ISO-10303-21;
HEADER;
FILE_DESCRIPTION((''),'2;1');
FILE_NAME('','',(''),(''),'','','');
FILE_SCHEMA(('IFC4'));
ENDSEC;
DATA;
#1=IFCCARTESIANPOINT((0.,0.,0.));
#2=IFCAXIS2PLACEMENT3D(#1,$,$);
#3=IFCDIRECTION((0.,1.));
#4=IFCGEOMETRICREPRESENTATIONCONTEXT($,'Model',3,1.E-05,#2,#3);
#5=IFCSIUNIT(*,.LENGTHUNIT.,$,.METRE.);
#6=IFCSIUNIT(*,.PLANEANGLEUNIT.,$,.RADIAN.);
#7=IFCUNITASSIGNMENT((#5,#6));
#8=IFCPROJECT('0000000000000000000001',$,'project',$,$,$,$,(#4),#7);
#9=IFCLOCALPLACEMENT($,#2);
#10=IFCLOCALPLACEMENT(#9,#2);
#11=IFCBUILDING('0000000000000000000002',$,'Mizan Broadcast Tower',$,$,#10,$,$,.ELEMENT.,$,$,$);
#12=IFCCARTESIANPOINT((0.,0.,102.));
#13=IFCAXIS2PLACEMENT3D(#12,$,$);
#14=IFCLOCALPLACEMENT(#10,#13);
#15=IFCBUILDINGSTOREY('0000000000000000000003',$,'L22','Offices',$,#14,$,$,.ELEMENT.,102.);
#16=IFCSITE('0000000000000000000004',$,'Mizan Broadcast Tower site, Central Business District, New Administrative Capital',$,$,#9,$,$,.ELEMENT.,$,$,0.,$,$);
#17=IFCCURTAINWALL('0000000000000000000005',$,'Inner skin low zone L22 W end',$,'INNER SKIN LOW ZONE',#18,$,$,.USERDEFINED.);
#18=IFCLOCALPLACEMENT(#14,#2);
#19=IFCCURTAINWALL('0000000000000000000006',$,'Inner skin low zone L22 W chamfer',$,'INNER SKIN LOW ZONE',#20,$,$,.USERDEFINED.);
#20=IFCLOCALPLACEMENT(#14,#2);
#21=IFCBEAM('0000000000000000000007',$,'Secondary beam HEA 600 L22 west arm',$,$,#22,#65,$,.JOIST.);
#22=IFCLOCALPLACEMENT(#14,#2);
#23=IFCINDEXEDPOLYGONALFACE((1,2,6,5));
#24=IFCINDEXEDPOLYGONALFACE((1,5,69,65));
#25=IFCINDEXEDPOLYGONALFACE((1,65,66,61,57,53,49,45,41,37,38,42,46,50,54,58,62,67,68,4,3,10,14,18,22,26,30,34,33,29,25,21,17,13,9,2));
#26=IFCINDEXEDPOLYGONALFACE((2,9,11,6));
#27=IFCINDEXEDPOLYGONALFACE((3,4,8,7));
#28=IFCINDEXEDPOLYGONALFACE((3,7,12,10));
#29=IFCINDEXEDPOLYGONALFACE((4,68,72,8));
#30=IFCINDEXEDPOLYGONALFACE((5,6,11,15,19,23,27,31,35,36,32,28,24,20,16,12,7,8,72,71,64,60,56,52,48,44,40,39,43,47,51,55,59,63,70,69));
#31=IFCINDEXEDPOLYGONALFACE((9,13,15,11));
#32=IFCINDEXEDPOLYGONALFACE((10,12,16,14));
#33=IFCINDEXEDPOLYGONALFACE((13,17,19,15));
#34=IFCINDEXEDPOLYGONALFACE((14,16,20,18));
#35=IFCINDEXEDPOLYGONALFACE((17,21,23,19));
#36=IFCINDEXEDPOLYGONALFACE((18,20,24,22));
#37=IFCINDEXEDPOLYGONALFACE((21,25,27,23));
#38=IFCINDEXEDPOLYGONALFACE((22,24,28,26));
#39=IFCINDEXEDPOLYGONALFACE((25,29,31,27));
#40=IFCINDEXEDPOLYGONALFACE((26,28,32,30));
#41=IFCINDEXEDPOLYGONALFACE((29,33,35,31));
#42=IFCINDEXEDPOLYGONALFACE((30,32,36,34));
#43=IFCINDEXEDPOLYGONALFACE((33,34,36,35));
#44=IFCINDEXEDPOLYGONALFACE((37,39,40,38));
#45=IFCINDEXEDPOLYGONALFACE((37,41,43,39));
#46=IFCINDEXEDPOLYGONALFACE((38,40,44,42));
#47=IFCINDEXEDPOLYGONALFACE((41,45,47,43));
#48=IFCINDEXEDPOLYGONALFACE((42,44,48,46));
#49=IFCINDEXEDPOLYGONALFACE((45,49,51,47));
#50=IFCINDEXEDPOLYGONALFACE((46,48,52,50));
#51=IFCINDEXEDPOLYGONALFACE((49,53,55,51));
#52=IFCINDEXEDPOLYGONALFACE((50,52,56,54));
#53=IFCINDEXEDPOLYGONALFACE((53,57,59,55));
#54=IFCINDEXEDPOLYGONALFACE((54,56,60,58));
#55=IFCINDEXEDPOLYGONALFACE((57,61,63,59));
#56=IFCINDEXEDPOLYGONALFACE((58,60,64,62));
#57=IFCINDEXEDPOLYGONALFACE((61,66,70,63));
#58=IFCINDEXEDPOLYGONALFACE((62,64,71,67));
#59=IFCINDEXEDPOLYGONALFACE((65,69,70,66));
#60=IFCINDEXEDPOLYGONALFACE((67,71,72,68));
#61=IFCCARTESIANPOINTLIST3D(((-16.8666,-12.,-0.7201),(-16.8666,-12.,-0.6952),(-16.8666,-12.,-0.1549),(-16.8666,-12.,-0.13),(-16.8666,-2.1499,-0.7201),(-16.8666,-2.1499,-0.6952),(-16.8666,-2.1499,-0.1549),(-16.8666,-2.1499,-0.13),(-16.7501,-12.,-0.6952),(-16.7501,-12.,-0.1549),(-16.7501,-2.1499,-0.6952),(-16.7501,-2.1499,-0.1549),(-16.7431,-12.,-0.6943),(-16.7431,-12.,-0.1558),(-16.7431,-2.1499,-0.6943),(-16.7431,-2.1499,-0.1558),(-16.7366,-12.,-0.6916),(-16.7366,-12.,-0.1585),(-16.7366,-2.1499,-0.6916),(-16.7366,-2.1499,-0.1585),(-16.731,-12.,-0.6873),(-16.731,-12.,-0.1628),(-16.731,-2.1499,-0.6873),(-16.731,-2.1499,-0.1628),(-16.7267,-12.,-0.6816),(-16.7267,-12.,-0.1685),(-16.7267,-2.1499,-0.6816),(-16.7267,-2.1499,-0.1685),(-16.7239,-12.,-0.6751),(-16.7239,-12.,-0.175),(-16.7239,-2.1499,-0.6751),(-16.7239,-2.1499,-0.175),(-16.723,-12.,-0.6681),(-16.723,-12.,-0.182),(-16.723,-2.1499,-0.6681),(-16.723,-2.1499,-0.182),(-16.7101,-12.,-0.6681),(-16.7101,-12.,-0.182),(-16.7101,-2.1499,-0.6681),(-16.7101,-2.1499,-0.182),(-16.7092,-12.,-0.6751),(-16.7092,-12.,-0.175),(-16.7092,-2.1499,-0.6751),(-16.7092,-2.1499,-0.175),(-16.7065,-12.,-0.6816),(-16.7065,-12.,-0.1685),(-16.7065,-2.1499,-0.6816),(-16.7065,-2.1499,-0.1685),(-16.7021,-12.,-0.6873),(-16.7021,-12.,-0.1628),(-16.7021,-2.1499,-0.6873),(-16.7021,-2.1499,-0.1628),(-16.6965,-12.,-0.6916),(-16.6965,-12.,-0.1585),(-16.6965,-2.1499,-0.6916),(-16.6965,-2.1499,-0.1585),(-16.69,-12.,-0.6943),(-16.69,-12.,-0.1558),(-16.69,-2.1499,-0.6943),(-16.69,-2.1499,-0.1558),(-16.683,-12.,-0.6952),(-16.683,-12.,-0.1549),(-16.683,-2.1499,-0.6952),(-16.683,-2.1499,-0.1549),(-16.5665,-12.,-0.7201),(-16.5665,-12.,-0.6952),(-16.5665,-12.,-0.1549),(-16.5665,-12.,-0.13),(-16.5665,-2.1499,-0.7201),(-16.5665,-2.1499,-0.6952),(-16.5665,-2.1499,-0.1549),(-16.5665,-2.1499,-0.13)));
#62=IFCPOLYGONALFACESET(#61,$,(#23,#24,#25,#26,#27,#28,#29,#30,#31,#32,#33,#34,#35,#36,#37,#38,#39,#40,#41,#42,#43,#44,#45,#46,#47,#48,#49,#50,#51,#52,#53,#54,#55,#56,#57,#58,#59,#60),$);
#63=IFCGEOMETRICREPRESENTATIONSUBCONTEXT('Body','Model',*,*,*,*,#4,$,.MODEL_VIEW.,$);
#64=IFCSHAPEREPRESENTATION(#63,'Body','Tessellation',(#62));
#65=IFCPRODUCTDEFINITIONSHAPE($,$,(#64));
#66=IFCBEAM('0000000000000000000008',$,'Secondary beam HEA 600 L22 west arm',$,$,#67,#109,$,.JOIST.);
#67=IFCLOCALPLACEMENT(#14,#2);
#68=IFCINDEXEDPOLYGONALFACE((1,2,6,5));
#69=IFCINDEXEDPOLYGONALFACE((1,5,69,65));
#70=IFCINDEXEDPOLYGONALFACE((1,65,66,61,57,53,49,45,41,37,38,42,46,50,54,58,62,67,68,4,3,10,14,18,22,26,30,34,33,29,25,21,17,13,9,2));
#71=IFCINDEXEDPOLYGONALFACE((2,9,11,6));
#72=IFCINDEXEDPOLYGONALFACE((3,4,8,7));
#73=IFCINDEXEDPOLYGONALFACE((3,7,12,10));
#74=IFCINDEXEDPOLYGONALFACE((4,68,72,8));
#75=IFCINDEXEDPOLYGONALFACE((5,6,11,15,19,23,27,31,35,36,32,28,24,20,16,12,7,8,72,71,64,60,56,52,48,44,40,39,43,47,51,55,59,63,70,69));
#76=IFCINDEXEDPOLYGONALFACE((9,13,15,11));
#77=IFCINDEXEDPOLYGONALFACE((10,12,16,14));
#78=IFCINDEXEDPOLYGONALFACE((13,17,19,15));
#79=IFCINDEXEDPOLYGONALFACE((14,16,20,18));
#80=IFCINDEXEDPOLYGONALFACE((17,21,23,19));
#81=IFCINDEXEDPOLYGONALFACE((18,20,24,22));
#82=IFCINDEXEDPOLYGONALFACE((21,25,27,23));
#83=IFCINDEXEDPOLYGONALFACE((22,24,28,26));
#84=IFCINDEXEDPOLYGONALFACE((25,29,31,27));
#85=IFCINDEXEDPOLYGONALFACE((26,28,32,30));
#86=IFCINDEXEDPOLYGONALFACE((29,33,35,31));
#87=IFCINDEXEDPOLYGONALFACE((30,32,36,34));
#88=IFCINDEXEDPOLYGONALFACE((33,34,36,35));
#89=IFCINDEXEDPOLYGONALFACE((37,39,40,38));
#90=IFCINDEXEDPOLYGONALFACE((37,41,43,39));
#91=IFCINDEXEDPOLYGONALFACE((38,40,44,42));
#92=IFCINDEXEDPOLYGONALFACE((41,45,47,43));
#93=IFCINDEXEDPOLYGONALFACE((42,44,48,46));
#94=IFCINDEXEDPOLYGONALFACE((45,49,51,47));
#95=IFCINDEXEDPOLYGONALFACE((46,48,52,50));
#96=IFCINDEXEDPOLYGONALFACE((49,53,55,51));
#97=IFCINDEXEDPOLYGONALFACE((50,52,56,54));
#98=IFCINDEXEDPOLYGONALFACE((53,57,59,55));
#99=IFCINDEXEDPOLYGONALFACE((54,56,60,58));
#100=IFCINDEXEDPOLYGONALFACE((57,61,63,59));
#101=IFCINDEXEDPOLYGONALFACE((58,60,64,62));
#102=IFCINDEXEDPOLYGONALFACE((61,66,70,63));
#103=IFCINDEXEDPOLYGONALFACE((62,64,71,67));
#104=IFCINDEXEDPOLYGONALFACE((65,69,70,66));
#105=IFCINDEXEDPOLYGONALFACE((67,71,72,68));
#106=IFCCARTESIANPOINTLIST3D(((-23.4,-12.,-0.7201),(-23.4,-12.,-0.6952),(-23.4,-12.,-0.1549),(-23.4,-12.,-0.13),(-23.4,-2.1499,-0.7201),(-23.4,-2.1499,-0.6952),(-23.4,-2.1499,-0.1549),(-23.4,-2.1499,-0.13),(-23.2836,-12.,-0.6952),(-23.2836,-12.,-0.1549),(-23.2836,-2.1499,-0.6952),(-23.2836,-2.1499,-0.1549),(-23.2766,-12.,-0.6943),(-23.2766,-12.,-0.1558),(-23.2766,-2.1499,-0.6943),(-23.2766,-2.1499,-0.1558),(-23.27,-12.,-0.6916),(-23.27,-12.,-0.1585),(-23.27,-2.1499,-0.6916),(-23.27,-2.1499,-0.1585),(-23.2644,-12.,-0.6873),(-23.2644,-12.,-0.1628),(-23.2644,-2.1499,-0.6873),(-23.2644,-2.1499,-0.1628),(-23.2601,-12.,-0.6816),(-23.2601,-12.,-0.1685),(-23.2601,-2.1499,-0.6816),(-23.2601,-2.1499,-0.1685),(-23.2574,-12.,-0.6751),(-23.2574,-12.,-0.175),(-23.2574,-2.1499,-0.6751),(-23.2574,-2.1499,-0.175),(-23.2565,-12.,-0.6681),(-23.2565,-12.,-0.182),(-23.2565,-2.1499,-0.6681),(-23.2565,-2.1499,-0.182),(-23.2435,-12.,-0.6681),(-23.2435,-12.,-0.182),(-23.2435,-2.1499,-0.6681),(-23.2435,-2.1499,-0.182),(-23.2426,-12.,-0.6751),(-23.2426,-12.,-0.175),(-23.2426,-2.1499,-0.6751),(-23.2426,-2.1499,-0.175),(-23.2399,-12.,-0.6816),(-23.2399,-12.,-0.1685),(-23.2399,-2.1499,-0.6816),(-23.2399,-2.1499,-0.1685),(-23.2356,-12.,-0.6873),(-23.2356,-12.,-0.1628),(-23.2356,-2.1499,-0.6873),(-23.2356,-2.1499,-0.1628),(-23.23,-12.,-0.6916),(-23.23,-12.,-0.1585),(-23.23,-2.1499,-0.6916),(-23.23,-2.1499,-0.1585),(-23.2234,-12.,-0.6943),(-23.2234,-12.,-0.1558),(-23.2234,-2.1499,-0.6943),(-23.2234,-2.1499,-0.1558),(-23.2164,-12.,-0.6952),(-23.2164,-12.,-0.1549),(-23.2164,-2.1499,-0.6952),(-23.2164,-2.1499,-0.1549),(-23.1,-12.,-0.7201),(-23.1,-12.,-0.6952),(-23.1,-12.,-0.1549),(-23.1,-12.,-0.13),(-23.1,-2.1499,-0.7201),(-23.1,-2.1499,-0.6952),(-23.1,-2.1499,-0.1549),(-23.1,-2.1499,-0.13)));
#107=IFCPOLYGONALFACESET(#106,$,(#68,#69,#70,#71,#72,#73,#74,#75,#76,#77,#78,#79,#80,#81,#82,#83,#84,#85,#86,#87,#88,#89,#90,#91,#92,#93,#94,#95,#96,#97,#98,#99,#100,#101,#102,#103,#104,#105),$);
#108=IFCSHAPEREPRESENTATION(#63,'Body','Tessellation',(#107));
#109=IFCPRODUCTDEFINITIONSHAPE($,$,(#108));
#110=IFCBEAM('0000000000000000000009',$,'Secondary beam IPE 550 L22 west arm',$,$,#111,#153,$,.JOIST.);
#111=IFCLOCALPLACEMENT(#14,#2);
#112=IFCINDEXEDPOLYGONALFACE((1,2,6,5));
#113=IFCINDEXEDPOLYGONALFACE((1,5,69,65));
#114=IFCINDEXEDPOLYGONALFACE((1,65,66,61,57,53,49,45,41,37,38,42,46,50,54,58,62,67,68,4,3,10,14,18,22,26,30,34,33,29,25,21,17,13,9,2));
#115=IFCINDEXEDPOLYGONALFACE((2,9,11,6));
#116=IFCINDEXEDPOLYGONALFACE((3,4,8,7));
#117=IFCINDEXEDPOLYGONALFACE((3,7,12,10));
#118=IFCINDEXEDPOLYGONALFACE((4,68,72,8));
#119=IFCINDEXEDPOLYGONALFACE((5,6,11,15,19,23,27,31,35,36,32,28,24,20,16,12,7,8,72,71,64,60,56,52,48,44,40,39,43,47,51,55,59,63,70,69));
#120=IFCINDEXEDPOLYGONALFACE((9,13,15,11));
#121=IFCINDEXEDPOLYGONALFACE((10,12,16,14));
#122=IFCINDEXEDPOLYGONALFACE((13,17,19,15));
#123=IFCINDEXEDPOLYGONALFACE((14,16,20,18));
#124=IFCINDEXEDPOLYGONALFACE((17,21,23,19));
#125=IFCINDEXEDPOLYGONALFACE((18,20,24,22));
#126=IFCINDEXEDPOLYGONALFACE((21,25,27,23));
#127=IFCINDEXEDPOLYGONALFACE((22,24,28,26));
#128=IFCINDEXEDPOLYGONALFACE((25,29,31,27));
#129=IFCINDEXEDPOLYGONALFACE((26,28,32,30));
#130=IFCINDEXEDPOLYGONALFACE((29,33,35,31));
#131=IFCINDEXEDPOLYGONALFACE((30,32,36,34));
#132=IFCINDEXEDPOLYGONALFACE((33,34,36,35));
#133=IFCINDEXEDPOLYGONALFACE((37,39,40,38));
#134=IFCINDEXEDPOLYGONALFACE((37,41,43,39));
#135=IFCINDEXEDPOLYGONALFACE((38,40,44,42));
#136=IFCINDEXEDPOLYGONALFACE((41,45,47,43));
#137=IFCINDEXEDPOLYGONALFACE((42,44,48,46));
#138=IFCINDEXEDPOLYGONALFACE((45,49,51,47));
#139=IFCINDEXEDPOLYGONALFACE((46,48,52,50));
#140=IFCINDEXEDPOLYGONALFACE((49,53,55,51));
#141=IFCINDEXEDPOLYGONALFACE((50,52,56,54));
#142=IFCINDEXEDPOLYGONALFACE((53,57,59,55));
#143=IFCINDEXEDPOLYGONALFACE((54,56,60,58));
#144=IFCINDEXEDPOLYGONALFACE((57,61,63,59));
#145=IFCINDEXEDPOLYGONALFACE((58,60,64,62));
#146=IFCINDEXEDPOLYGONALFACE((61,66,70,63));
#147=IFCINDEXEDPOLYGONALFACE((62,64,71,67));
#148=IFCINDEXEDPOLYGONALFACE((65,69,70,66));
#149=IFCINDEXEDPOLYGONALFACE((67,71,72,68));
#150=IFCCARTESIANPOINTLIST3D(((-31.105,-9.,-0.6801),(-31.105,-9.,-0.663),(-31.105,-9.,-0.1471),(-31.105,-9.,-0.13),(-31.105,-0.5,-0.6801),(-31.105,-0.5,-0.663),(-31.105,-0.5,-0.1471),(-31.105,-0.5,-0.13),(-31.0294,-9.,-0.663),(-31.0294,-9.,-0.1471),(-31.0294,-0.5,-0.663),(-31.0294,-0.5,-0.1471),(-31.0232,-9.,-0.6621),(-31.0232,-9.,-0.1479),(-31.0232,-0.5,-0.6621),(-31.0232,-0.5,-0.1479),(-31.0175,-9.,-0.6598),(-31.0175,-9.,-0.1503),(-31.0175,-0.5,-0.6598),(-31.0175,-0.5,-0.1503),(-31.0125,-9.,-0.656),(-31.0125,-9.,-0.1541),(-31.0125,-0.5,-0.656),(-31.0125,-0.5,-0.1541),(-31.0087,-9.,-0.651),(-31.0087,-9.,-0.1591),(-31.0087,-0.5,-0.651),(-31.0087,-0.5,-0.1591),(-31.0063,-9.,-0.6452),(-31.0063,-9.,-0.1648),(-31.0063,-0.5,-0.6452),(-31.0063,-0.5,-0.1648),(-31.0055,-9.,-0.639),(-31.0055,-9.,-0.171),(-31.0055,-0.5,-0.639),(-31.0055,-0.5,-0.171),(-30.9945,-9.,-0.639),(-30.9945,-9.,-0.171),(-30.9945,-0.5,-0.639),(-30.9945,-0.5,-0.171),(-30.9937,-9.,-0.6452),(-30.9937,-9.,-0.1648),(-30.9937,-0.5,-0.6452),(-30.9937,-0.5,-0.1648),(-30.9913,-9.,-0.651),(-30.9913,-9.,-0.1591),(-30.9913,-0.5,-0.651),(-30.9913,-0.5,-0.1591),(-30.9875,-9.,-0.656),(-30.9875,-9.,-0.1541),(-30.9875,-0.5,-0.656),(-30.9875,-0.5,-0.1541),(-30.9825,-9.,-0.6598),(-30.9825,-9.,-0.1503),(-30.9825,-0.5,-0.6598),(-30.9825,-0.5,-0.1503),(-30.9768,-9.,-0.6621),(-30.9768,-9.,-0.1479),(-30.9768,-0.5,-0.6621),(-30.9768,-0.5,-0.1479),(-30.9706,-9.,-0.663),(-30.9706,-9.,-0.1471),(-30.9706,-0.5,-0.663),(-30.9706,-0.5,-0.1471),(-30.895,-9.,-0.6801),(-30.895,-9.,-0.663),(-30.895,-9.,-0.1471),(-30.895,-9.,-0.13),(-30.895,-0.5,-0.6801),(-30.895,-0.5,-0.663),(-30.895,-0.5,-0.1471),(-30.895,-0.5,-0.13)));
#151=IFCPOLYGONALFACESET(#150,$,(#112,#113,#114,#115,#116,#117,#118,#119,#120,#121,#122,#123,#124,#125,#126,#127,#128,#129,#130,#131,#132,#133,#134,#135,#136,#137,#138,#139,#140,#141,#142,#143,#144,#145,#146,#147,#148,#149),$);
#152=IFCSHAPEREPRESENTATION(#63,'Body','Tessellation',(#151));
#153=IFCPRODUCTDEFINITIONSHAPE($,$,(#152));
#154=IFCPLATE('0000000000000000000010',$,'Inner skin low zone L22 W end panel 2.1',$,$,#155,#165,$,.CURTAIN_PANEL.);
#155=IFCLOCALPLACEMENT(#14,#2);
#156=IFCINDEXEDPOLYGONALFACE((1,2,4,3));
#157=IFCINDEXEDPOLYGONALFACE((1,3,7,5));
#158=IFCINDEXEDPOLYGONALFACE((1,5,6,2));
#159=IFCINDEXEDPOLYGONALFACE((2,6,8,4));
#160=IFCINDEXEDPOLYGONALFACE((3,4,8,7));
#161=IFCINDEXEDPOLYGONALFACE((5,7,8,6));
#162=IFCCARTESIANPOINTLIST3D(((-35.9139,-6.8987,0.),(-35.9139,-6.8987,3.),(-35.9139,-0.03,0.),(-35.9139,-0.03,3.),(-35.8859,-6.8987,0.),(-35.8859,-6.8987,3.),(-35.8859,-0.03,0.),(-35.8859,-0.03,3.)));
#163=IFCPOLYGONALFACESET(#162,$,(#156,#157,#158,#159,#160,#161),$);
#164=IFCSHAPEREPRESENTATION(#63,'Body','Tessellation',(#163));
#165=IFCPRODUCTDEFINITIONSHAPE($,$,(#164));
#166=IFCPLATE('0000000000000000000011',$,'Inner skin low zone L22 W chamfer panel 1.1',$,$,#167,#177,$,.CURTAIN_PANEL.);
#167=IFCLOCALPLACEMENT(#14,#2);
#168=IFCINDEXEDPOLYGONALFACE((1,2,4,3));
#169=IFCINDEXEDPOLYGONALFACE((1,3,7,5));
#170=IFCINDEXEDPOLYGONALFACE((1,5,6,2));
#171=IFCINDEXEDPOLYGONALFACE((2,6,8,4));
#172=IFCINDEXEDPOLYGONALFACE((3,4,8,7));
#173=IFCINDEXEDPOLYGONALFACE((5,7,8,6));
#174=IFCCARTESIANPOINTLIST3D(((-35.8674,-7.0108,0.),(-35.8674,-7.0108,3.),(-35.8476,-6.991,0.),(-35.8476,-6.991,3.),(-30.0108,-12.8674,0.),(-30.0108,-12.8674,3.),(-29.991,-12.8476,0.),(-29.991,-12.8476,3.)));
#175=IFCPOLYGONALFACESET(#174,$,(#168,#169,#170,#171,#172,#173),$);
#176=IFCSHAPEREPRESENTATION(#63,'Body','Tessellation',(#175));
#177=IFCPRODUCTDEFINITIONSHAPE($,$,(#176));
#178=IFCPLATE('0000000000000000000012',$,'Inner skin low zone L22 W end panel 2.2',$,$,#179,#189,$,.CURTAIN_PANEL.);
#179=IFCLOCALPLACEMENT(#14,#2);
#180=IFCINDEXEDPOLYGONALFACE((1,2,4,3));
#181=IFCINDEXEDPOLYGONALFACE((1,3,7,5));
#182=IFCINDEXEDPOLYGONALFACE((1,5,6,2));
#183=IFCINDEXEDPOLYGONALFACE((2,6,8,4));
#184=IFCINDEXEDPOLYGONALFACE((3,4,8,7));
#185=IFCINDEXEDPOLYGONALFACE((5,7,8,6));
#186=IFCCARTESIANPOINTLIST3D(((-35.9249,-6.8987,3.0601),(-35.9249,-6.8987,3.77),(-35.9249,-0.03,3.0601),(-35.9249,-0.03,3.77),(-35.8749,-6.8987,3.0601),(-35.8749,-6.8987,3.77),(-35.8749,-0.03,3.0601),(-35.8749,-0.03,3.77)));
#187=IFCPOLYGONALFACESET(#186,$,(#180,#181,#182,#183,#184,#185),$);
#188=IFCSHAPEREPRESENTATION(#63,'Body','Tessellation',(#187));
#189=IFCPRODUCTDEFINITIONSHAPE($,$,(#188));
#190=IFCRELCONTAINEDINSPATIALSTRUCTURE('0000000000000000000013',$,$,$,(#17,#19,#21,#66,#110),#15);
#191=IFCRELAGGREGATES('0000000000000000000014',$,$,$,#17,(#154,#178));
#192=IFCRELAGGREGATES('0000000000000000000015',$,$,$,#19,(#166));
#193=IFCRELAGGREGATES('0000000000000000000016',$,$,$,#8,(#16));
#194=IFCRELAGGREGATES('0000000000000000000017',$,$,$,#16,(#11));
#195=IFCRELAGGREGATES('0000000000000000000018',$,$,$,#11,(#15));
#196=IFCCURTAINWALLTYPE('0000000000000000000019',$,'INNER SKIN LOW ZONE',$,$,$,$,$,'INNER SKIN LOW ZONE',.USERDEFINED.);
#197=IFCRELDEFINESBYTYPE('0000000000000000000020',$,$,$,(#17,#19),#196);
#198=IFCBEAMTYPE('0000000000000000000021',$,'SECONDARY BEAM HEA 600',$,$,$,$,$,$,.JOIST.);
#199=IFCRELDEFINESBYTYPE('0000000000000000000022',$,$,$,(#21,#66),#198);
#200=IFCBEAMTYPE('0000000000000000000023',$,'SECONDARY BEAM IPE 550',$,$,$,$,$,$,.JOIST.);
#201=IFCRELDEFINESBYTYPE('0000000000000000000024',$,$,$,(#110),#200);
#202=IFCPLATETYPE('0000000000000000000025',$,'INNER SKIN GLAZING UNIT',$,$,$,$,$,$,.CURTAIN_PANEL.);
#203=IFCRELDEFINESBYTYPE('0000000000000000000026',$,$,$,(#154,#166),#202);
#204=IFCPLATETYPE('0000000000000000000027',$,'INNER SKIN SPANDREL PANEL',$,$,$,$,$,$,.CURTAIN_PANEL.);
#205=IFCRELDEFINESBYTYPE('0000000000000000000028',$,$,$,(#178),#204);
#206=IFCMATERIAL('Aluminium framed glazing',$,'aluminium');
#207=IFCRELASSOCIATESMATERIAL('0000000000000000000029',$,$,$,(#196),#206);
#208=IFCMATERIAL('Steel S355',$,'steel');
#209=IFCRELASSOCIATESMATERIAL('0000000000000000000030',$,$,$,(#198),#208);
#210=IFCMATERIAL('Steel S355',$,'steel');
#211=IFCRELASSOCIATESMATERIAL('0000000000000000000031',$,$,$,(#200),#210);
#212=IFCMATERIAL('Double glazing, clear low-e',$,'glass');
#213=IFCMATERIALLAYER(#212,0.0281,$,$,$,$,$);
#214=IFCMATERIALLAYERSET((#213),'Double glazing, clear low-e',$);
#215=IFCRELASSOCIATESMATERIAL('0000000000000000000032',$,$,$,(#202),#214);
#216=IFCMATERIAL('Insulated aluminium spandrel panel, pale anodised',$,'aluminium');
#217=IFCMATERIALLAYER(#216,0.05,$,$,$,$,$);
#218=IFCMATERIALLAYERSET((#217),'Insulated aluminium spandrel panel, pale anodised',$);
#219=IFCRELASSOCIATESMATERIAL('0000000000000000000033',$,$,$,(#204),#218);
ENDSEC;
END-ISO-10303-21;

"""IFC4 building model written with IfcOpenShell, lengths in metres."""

from ifc_helpers import new_model, si_unit, direction, frame, origin, origin_2d, place, context, subcontext, project, spatial, rectangle, i_section, extrude, material, layer, layer_set, material_profile, profile_set, type_object, element, aggregate, save


model = new_model("IFC4")

# Units and contexts
model_context = context("Model", 3, precision=1e-05, world=origin(), true_north=direction((0.0, 1.0)))
body_context = subcontext(model_context, "Body", "Model", "MODEL_VIEW")
ifc_project = project(units=[si_unit("LENGTHUNIT", "METRE"), si_unit("PLANEANGLEUNIT", "RADIAN")], contexts=[model_context])

# Site, building, storey
site_placement = place(None, origin())
site = spatial("IfcSite", under=ifc_project, at=site_placement, Name="Mizan Broadcast Tower site, Central Business District, New Administrative Capital", CompositionType="ELEMENT", RefElevation=0.0)
building_placement = place(site_placement, origin())
building = spatial("IfcBuilding", under=site, at=building_placement, Name="Mizan Broadcast Tower", CompositionType="ELEMENT")
storey_placement = place(building_placement, frame((0.0, 0.0, 102.0)))
storey = spatial("IfcBuildingStorey", under=building, at=storey_placement, Name="L22", Description="Offices", CompositionType="ELEMENT", Elevation=102.0)

# Curtain wall
ifc_material_1 = material(Name="Aluminium framed glazing", Category="aluminium")
curtain_wall_type_1 = type_object("IfcCurtainWallType", Name="INNER SKIN LOW ZONE", ElementType="INNER SKIN LOW ZONE", PredefinedType="USERDEFINED", material=ifc_material_1)
curtain_wall_1_placement = place(storey_placement, origin())
curtain_wall_1 = element("IfcCurtainWall", 1, at=curtain_wall_1_placement, inside=storey, type_object=curtain_wall_type_1, Name="Inner skin low zone L22 W end", ObjectType="INNER SKIN LOW ZONE", PredefinedType="USERDEFINED")

# Curtain wall
curtain_wall_2_placement = place(storey_placement, origin())
curtain_wall_2 = element("IfcCurtainWall", 2, at=curtain_wall_2_placement, inside=storey, type_object=curtain_wall_type_1, Name="Inner skin low zone L22 W chamfer", ObjectType="INNER SKIN LOW ZONE", PredefinedType="USERDEFINED")

# Beams
ifc_material_2 = material(Name="Steel S355", Category="steel")
ifc_material_profile_1 = material_profile(ifc_material_2, i_section(OverallWidth=0.3, OverallDepth=0.5901, WebThickness=0.0129, FlangeThickness=0.0249, FilletRadius=0.0271, at=origin_2d()), Name="HEA 600")
ifc_profile_set_1 = profile_set([ifc_material_profile_1], Name="Steel S355")
beam_type_1 = type_object("IfcBeamType", Name="SECONDARY BEAM HEA 600", PredefinedType="JOIST", material=ifc_profile_set_1)
for number, where, z_axis, x_axis, name in (
    (3, (-16.7166, -12.0, -0.425), (0.0, 1.0, 0.0), (-1.0, 0.0, 0.0), "Secondary beam HEA 600 L22 west arm"),
    (4, (-23.25, -12.0, -0.425), (0.0, 1.0, 0.0), (-1.0, 0.0, 0.0), "Secondary beam HEA 600 L22 west arm"),
):
    element("IfcBeam", number, at=place(storey_placement, frame(where, z_axis=z_axis, x_axis=x_axis)), inside=storey, type_object=beam_type_1, Name=name, PredefinedType="JOIST", context=body_context, shape_type="SweptSolid", body=[
        extrude(i_section(OverallWidth=0.3, OverallDepth=0.5901, WebThickness=0.0129, FlangeThickness=0.0249, FilletRadius=0.0271, at=origin_2d()), origin(), (0.0, 0.0, 1.0), 9.8501),
    ])
ifc_material_3 = material(Name="Steel S355", Category="steel")
ifc_material_profile_2 = material_profile(ifc_material_3, i_section(OverallWidth=0.21, OverallDepth=0.55, WebThickness=0.011, FlangeThickness=0.0171, FilletRadius=0.0239, at=origin_2d()), Name="IPE 550")
ifc_profile_set_2 = profile_set([ifc_material_profile_2], Name="Steel S355")
beam_type_2 = type_object("IfcBeamType", Name="SECONDARY BEAM IPE 550", PredefinedType="JOIST", material=ifc_profile_set_2)
beam_1_placement = place(storey_placement, frame((-31.0, -9.0, -0.405), z_axis=(0.0, 1.0, 0.0), x_axis=(-1.0, 0.0, 0.0)))
element("IfcBeam", 5, at=beam_1_placement, inside=storey, type_object=beam_type_2, Name="Secondary beam IPE 550 L22 west arm", PredefinedType="JOIST", context=body_context, shape_type="SweptSolid", body=[
    extrude(i_section(OverallWidth=0.21, OverallDepth=0.55, WebThickness=0.011, FlangeThickness=0.0171, FilletRadius=0.0239, at=origin_2d()), origin(), (0.0, 0.0, 1.0), 8.5),
])

# Plates
ifc_material_4 = material(Name="Double glazing, clear low-e", Category="glass")
ifc_layer_1 = layer(ifc_material_4, 0.0281)
ifc_layer_set_1 = layer_set([ifc_layer_1], Name="Double glazing, clear low-e")
plate_type_1 = type_object("IfcPlateType", Name="INNER SKIN GLAZING UNIT", PredefinedType="CURTAIN_PANEL", material=ifc_layer_set_1)
plate_1_placement = place(storey_placement, frame((-35.8999, -3.4644, 0.0), z_axis=(0.0, 0.0, 1.0), x_axis=(0.0, -1.0, 0.0)))
plate_1 = element("IfcPlate", 6, at=plate_1_placement, type_object=plate_type_1, Name="Inner skin low zone L22 W end panel 2.1", PredefinedType="CURTAIN_PANEL", context=body_context, shape_type="SweptSolid", body=[
    extrude(rectangle(XDim=6.8687, YDim=0.0281, at=origin_2d()), origin(), (0.0, 0.0, 1.0), 3.0),
])
plate_2_placement = place(storey_placement, frame((-32.9292, -9.9292, 0.0), z_axis=(0.0, 0.0, 1.0), x_axis=(0.707107, -0.707107, 0.0)))
plate_2 = element("IfcPlate", 7, at=plate_2_placement, type_object=plate_type_1, Name="Inner skin low zone L22 W chamfer panel 1.1", PredefinedType="CURTAIN_PANEL", context=body_context, shape_type="SweptSolid", body=[
    extrude(rectangle(XDim=8.2825, YDim=0.0281, at=origin_2d()), origin(), (0.0, 0.0, 1.0), 3.0),
])
ifc_material_5 = material(Name="Insulated aluminium spandrel panel, pale anodised", Category="aluminium")
ifc_layer_2 = layer(ifc_material_5, 0.05)
ifc_layer_set_2 = layer_set([ifc_layer_2], Name="Insulated aluminium spandrel panel, pale anodised")
plate_type_2 = type_object("IfcPlateType", Name="INNER SKIN SPANDREL PANEL", PredefinedType="CURTAIN_PANEL", material=ifc_layer_set_2)
plate_3_placement = place(storey_placement, frame((-35.8999, -3.4644, 3.0601), z_axis=(0.0, 0.0, 1.0), x_axis=(0.0, -1.0, 0.0)))
plate_3 = element("IfcPlate", 8, at=plate_3_placement, type_object=plate_type_2, Name="Inner skin low zone L22 W end panel 2.2", PredefinedType="CURTAIN_PANEL", context=body_context, shape_type="SweptSolid", body=[
    extrude(rectangle(XDim=6.8687, YDim=0.05, at=origin_2d()), origin(), (0.0, 0.0, 1.0), 0.71),
])
aggregate(curtain_wall_1, [plate_1, plate_3])
aggregate(curtain_wall_2, [plate_2])

save(model, "model.ifc")
